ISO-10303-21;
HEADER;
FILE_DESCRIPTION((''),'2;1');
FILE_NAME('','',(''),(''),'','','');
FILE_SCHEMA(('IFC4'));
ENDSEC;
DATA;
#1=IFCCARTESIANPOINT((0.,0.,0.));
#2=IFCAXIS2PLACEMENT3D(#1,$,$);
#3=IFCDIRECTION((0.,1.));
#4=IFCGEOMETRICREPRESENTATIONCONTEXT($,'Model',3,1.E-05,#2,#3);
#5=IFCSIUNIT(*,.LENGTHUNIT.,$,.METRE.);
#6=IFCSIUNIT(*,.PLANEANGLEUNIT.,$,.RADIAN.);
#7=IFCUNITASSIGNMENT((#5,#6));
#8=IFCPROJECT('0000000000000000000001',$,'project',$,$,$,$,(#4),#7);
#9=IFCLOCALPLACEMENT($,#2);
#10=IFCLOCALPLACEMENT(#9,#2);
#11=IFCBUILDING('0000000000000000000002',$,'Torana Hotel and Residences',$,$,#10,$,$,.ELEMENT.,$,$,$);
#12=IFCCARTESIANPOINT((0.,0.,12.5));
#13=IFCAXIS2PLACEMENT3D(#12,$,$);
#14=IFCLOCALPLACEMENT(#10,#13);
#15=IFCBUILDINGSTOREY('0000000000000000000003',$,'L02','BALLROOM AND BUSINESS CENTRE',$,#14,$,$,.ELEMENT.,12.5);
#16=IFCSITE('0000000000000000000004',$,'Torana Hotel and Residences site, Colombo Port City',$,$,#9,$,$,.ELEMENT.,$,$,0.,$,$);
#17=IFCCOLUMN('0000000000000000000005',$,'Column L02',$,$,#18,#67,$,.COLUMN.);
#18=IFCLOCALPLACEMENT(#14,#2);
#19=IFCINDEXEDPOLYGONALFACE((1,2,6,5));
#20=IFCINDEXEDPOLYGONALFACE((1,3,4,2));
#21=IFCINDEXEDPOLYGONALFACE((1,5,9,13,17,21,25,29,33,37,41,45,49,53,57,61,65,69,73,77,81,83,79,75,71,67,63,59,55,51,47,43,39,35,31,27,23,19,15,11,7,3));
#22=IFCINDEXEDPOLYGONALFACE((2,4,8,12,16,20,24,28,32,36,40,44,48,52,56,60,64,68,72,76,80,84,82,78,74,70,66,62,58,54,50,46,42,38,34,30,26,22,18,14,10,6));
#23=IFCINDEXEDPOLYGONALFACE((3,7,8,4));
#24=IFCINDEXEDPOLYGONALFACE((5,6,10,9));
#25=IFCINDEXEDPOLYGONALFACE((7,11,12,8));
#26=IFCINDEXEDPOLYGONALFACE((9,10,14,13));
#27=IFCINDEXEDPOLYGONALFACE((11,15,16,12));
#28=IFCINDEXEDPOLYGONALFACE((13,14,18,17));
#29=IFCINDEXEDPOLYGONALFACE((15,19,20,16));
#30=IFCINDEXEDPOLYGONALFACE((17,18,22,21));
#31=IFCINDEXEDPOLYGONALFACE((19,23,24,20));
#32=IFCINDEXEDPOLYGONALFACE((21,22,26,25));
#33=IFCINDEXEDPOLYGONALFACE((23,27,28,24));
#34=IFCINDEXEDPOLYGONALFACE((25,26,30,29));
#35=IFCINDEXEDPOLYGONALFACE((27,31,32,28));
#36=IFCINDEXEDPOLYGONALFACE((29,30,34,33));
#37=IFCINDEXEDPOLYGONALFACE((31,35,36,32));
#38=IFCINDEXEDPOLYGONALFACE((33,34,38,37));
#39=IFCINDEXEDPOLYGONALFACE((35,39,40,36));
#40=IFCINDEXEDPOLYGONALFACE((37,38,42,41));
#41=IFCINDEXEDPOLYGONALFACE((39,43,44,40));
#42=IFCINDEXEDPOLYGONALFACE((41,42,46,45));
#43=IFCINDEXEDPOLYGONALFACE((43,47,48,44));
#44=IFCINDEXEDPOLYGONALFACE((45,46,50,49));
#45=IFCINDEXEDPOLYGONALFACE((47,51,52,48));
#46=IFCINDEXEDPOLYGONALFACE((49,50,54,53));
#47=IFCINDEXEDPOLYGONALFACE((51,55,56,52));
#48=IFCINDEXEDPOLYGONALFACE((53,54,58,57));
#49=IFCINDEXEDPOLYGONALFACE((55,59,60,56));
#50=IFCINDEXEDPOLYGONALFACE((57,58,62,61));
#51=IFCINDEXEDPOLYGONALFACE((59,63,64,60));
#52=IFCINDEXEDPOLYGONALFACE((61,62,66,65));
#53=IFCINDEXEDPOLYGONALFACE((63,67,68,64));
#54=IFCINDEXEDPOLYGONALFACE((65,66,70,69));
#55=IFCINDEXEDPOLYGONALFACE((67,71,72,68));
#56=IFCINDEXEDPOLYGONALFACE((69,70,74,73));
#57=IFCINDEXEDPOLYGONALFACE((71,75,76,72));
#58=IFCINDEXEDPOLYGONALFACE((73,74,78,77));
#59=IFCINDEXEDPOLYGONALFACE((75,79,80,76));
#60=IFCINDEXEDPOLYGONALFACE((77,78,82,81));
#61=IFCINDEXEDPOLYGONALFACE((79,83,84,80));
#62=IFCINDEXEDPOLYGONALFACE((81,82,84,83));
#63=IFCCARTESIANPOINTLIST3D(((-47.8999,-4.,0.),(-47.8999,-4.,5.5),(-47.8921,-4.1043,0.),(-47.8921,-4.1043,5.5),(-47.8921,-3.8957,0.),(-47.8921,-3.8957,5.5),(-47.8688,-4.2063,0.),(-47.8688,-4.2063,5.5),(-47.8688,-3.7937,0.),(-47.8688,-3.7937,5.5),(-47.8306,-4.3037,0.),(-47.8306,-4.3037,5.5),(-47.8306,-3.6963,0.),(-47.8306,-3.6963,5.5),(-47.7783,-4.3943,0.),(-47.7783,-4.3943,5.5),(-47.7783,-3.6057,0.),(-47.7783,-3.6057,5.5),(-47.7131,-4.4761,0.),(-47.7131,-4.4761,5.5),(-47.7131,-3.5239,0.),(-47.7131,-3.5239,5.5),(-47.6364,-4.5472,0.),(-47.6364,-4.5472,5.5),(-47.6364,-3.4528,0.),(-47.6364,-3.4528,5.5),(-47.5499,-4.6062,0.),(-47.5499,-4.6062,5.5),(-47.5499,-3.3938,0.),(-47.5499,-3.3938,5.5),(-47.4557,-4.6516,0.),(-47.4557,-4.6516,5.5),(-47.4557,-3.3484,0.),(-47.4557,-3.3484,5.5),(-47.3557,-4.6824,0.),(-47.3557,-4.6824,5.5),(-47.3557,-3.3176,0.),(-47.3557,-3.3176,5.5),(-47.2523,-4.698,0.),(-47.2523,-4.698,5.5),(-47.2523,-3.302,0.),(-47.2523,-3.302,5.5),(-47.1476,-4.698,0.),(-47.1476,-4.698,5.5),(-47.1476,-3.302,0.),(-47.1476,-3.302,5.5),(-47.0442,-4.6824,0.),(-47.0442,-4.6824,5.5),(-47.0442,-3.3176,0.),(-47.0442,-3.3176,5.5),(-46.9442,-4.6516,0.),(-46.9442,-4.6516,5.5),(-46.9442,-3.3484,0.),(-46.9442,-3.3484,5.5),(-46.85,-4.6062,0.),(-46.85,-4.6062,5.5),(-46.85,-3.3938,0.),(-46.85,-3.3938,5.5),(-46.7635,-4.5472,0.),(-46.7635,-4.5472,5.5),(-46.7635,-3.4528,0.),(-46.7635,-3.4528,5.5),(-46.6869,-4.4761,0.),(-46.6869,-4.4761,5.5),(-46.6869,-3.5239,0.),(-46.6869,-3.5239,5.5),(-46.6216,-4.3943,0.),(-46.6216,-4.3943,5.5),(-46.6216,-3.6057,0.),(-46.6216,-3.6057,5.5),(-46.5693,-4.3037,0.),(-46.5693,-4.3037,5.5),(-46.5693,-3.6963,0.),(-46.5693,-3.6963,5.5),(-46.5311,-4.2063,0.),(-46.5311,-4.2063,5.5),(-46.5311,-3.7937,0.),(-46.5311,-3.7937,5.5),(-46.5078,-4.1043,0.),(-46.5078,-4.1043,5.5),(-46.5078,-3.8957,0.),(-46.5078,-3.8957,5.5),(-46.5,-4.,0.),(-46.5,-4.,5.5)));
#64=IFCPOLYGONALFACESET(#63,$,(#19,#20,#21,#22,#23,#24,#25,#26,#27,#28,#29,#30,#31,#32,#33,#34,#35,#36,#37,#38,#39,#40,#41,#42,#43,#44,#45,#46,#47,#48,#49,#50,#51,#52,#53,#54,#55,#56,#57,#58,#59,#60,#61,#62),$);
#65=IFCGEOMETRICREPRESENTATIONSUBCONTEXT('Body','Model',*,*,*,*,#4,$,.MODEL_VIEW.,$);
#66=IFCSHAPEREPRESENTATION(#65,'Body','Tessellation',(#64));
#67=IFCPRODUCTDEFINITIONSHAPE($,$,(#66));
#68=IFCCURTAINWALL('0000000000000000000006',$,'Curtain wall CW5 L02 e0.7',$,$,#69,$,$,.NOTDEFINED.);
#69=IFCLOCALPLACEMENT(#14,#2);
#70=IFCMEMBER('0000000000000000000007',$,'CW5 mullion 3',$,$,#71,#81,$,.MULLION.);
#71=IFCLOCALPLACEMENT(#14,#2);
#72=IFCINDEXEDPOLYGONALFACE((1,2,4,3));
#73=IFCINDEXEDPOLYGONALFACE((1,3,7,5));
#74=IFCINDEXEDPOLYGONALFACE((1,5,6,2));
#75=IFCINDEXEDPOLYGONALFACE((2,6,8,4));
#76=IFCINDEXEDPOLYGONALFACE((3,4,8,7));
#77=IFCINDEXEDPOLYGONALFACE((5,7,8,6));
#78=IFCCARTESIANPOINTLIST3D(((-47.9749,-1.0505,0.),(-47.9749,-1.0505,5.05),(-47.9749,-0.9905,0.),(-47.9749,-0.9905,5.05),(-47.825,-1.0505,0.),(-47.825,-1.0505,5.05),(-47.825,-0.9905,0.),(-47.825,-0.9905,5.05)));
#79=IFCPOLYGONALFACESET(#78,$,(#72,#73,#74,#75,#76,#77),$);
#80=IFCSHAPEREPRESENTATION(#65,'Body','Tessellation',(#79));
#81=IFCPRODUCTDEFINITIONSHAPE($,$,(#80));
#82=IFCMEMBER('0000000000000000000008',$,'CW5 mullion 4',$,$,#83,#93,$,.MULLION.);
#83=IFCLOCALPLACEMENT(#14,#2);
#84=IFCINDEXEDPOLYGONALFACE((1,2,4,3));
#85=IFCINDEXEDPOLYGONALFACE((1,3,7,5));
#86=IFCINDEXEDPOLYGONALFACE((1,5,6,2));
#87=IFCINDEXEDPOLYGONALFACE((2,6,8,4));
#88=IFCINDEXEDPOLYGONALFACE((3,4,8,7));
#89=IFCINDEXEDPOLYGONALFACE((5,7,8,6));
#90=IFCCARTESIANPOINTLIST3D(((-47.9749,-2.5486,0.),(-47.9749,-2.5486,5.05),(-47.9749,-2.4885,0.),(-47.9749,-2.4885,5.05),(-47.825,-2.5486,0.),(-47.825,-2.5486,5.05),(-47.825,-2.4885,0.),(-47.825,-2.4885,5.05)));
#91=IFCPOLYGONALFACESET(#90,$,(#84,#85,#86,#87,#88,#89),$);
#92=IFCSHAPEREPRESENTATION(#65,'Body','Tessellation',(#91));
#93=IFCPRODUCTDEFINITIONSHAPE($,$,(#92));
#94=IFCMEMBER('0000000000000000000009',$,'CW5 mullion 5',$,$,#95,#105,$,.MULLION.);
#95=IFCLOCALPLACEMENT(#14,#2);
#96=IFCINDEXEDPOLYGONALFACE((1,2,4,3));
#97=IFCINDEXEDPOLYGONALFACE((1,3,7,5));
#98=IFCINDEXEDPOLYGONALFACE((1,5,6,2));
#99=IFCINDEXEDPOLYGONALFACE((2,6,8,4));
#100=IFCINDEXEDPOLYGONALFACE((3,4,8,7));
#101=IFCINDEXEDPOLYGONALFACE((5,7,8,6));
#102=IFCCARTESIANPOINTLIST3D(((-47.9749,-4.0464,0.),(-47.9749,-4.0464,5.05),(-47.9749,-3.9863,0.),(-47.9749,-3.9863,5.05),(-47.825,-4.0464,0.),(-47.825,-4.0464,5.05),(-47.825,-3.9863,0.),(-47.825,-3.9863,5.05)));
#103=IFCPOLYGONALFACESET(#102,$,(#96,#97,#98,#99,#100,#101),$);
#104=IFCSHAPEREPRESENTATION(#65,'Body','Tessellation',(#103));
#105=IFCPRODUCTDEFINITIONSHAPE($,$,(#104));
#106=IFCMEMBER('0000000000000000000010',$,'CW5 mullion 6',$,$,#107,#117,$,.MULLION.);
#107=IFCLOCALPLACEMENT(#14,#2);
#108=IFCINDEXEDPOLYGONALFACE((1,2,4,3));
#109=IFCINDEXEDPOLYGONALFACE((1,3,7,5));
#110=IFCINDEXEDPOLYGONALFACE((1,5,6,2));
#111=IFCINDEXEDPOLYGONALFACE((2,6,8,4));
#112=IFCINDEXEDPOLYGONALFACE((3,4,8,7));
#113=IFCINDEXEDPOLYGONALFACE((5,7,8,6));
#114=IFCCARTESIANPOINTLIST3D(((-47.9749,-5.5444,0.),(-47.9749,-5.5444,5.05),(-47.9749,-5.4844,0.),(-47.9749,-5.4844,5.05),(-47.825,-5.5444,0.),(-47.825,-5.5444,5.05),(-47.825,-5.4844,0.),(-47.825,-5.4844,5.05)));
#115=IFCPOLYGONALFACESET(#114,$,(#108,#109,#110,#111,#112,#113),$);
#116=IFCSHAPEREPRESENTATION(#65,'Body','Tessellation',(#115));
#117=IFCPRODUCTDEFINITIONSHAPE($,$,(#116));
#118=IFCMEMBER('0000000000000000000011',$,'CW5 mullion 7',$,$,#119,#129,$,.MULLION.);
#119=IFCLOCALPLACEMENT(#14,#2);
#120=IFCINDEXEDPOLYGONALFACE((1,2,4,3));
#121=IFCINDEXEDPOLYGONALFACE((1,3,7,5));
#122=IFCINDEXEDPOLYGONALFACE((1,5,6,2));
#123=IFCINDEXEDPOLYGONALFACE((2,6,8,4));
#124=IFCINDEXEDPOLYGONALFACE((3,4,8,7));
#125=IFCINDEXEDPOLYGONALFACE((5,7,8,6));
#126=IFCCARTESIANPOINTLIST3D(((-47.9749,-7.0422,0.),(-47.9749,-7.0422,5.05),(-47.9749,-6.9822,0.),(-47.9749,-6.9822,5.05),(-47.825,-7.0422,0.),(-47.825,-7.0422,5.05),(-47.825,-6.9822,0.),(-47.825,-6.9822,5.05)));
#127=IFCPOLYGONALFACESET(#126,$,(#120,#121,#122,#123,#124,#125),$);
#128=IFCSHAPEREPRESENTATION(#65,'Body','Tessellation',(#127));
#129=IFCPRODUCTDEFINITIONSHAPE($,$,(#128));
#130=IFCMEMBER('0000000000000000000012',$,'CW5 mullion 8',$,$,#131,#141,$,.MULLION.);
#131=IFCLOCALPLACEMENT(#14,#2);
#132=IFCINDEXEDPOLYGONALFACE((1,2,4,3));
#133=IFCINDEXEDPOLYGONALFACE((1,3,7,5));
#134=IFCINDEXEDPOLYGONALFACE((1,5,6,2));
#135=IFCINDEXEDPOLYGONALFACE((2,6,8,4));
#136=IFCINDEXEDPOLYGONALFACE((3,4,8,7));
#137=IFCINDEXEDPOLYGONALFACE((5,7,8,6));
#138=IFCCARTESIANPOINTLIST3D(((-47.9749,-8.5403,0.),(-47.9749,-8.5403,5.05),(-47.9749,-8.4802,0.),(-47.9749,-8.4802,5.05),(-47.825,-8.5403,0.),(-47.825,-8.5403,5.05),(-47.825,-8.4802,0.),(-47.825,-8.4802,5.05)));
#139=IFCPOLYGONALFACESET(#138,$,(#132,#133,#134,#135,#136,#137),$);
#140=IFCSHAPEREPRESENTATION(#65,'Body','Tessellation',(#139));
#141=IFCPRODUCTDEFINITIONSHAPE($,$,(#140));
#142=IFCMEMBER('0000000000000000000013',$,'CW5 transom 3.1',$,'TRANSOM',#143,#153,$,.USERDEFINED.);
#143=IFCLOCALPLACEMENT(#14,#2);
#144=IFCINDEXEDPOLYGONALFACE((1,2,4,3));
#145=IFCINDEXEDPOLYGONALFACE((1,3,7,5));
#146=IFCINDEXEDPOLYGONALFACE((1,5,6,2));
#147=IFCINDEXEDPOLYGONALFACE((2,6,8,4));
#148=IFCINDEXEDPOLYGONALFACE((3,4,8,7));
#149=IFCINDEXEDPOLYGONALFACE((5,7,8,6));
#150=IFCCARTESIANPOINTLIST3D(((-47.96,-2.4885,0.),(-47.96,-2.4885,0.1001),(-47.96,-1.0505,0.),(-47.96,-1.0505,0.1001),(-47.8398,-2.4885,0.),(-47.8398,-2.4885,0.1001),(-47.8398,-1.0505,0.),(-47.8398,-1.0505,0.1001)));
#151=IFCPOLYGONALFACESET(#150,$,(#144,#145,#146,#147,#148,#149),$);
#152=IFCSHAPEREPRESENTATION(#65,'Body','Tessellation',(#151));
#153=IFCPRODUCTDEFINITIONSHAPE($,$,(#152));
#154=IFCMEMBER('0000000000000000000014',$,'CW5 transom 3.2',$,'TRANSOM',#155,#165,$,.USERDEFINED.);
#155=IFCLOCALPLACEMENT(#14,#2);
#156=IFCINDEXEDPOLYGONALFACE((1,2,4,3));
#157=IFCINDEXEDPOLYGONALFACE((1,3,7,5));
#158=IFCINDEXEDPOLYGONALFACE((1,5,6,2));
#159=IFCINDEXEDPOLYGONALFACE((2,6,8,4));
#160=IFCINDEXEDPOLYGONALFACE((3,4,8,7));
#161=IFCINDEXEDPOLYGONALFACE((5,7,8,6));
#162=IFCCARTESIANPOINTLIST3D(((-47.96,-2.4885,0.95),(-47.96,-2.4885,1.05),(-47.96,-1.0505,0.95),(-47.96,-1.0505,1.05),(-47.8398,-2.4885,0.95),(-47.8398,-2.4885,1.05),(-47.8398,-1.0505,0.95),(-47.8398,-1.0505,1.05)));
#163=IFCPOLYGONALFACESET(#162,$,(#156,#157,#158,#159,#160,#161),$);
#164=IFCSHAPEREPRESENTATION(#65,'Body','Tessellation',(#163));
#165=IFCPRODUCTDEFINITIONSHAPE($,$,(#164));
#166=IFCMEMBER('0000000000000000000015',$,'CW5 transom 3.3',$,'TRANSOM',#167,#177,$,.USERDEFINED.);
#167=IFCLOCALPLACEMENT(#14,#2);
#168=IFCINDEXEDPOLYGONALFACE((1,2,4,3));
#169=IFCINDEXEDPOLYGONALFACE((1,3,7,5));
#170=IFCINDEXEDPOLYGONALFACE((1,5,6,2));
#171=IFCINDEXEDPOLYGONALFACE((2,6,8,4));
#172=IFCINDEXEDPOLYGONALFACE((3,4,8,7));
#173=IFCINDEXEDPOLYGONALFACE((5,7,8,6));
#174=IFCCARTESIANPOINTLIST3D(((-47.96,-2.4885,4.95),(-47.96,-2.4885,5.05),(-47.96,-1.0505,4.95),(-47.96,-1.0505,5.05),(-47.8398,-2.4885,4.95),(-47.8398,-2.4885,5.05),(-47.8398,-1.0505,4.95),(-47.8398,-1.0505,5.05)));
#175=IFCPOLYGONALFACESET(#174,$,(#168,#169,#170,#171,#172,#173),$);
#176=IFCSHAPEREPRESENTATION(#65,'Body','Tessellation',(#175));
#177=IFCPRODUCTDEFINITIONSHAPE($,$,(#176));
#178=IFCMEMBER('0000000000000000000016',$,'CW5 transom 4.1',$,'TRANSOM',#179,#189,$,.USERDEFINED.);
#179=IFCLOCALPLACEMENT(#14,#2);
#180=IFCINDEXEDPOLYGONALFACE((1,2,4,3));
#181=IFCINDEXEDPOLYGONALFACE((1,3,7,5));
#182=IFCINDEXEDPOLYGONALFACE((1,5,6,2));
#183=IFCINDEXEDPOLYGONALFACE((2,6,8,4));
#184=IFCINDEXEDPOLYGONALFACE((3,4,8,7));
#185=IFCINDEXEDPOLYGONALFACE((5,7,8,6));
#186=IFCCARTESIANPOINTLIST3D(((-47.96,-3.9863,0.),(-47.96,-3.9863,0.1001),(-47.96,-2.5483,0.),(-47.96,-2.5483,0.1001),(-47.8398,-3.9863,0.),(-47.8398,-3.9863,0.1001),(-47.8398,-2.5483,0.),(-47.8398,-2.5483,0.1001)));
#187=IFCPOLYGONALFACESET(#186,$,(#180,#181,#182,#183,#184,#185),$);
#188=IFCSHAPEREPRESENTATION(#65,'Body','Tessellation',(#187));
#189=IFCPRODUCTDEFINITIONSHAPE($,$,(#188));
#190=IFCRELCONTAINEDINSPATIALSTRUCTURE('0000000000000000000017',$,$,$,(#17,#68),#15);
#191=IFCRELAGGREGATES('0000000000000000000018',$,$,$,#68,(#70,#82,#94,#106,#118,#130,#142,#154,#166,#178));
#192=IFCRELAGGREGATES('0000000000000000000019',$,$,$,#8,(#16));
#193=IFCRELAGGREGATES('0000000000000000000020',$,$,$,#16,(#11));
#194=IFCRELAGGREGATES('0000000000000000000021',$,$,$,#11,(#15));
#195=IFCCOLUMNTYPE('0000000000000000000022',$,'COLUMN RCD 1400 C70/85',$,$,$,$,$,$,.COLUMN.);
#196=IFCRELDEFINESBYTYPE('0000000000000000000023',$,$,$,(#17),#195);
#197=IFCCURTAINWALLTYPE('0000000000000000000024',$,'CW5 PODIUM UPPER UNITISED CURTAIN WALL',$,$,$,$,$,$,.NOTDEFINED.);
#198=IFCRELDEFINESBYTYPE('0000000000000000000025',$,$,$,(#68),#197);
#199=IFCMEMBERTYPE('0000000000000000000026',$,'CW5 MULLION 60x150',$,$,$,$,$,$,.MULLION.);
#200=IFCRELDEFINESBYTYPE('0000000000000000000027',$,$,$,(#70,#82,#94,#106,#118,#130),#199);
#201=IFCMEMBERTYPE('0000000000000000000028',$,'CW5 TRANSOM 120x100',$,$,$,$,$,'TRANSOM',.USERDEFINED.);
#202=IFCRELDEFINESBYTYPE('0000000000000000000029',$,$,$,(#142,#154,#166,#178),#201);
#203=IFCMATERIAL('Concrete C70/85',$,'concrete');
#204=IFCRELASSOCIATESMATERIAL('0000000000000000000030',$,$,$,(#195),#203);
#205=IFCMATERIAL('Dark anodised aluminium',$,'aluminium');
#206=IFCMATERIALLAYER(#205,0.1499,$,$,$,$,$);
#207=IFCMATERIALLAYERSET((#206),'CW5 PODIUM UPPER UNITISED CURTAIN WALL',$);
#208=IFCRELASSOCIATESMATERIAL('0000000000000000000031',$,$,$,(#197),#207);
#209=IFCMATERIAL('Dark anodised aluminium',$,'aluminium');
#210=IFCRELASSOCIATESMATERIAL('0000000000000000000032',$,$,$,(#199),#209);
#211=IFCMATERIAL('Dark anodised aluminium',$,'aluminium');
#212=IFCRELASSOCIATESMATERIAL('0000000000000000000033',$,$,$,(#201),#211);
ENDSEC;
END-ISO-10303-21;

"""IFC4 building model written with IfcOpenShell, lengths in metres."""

from ifc_helpers import new_model, si_unit, direction, frame, origin, origin_2d, place, context, subcontext, project, spatial, rectangle, circle, extrude, material, layer, layer_set, material_profile, profile_set, type_object, element, aggregate, save


model = new_model("IFC4")

# Units and contexts
model_context = context("Model", 3, precision=1e-05, world=origin(), true_north=direction((0.0, 1.0)))
body_context = subcontext(model_context, "Body", "Model", "MODEL_VIEW")
ifc_project = project(units=[si_unit("LENGTHUNIT", "METRE"), si_unit("PLANEANGLEUNIT", "RADIAN")], contexts=[model_context])

# Site, building, storey
site_placement = place(None, origin())
site = spatial("IfcSite", under=ifc_project, at=site_placement, Name="Torana Hotel and Residences site, Colombo Port City", CompositionType="ELEMENT", RefElevation=0.0)
building_placement = place(site_placement, origin())
building = spatial("IfcBuilding", under=site, at=building_placement, Name="Torana Hotel and Residences", CompositionType="ELEMENT")
storey_placement = place(building_placement, frame((0.0, 0.0, 12.5)))
storey = spatial("IfcBuildingStorey", under=building, at=storey_placement, Name="L02", Description="BALLROOM AND BUSINESS CENTRE", CompositionType="ELEMENT", Elevation=12.5)

# Column
ifc_material_1 = material(Name="Concrete C70/85", Category="concrete")
ifc_material_profile_1 = material_profile(ifc_material_1, circle(Radius=0.7, at=origin_2d()), Name="RCD 1400")
ifc_profile_set_1 = profile_set([ifc_material_profile_1], Name="Concrete C70/85")
column_type = type_object("IfcColumnType", Name="COLUMN RCD 1400 C70/85", PredefinedType="COLUMN", material=ifc_profile_set_1)
column_placement = place(storey_placement, frame((-47.2, -4.0, 0.0), z_axis=(0.0, 0.0, 1.0), x_axis=(1.0, 0.0, 0.0)))
element("IfcColumn", 1, at=column_placement, inside=storey, type_object=column_type, Name="Column L02", PredefinedType="COLUMN", context=body_context, shape_type="SweptSolid", body=[
    extrude(circle(Radius=0.7, at=origin_2d()), origin(), (0.0, 0.0, 1.0), 5.5),
])

# Curtain wall, members
ifc_material_2 = material(Name="Dark anodised aluminium", Category="aluminium")
ifc_layer_1 = layer(ifc_material_2, 0.1499)
ifc_layer_set_1 = layer_set([ifc_layer_1], Name="CW5 PODIUM UPPER UNITISED CURTAIN WALL")
curtain_wall_type = type_object("IfcCurtainWallType", Name="CW5 PODIUM UPPER UNITISED CURTAIN WALL", PredefinedType="NOTDEFINED", material=ifc_layer_set_1)
curtain_wall_placement = place(storey_placement, origin())
curtain_wall = element("IfcCurtainWall", 2, at=curtain_wall_placement, inside=storey, type_object=curtain_wall_type, Name="Curtain wall CW5 L02 e0.7", PredefinedType="NOTDEFINED")
ifc_material_3 = material(Name="Dark anodised aluminium", Category="aluminium")
ifc_material_profile_2 = material_profile(ifc_material_3, rectangle(XDim=0.1499, YDim=0.0601, at=origin_2d()), Name="CW5 MULLION 60x150")
ifc_profile_set_2 = profile_set([ifc_material_profile_2], Name="Dark anodised aluminium")
member_type_1 = type_object("IfcMemberType", Name="CW5 MULLION 60x150", PredefinedType="MULLION", material=ifc_profile_set_2)
member_1_placement = place(storey_placement, frame((-47.8999, -1.0205, 0.0), z_axis=(0.0, 0.0, 1.0), x_axis=(1.0, 0.0, 0.0)))
member_1 = element("IfcMember", 3, at=member_1_placement, type_object=member_type_1, Name="CW5 mullion 3", PredefinedType="MULLION", context=body_context, shape_type="SweptSolid", body=[
    extrude(rectangle(XDim=0.1499, YDim=0.0601, at=origin_2d()), origin(), (0.0, 0.0, 1.0), 5.05),
])
member_2_placement = place(storey_placement, frame((-47.8999, -2.5186, 0.0), z_axis=(0.0, 0.0, 1.0), x_axis=(1.0, 0.0, 0.0)))
member_2 = element("IfcMember", 4, at=member_2_placement, type_object=member_type_1, Name="CW5 mullion 4", PredefinedType="MULLION", context=body_context, shape_type="SweptSolid", body=[
    extrude(rectangle(XDim=0.1499, YDim=0.0601, at=origin_2d()), origin(), (0.0, 0.0, 1.0), 5.05),
])
member_3_placement = place(storey_placement, frame((-47.8999, -4.0164, 0.0), z_axis=(0.0, 0.0, 1.0), x_axis=(1.0, 0.0, 0.0)))
member_3 = element("IfcMember", 5, at=member_3_placement, type_object=member_type_1, Name="CW5 mullion 5", PredefinedType="MULLION", context=body_context, shape_type="SweptSolid", body=[
    extrude(rectangle(XDim=0.1499, YDim=0.0601, at=origin_2d()), origin(), (0.0, 0.0, 1.0), 5.05),
])
member_4_placement = place(storey_placement, frame((-47.8999, -5.5144, 0.0), z_axis=(0.0, 0.0, 1.0), x_axis=(1.0, 0.0, 0.0)))
member_4 = element("IfcMember", 6, at=member_4_placement, type_object=member_type_1, Name="CW5 mullion 6", PredefinedType="MULLION", context=body_context, shape_type="SweptSolid", body=[
    extrude(rectangle(XDim=0.1499, YDim=0.0601, at=origin_2d()), origin(), (0.0, 0.0, 1.0), 5.05),
])
member_5_placement = place(storey_placement, frame((-47.8999, -7.0122, 0.0), z_axis=(0.0, 0.0, 1.0), x_axis=(1.0, 0.0, 0.0)))
member_5 = element("IfcMember", 7, at=member_5_placement, type_object=member_type_1, Name="CW5 mullion 7", PredefinedType="MULLION", context=body_context, shape_type="SweptSolid", body=[
    extrude(rectangle(XDim=0.1499, YDim=0.0601, at=origin_2d()), origin(), (0.0, 0.0, 1.0), 5.05),
])
member_6_placement = place(storey_placement, frame((-47.8999, -8.5103, 0.0), z_axis=(0.0, 0.0, 1.0), x_axis=(1.0, 0.0, 0.0)))
member_6 = element("IfcMember", 8, at=member_6_placement, type_object=member_type_1, Name="CW5 mullion 8", PredefinedType="MULLION", context=body_context, shape_type="SweptSolid", body=[
    extrude(rectangle(XDim=0.1499, YDim=0.0601, at=origin_2d()), origin(), (0.0, 0.0, 1.0), 5.05),
])
ifc_material_4 = material(Name="Dark anodised aluminium", Category="aluminium")
ifc_material_profile_3 = material_profile(ifc_material_4, rectangle(XDim=0.1201, YDim=0.1001, at=origin_2d()), Name="CW5 TRANSOM 120x100")
ifc_profile_set_3 = profile_set([ifc_material_profile_3], Name="Dark anodised aluminium")
member_type_2 = type_object("IfcMemberType", Name="CW5 TRANSOM 120x100", ElementType="TRANSOM", PredefinedType="USERDEFINED", material=ifc_profile_set_3)
member_7_placement = place(storey_placement, frame((-47.8999, -1.0505, 0.05), z_axis=(0.0, -1.0, 0.0), x_axis=(1.0, 0.0, 0.0)))
member_7 = element("IfcMember", 9, at=member_7_placement, type_object=member_type_2, Name="CW5 transom 3.1", ObjectType="TRANSOM", PredefinedType="USERDEFINED", context=body_context, shape_type="SweptSolid", body=[
    extrude(rectangle(XDim=0.1201, YDim=0.1001, at=origin_2d()), origin(), (0.0, 0.0, 1.0), 1.438),
])
member_8_placement = place(storey_placement, frame((-47.8999, -1.0505, 1.0), z_axis=(0.0, -1.0, 0.0), x_axis=(1.0, 0.0, 0.0)))
member_8 = element("IfcMember", 10, at=member_8_placement, type_object=member_type_2, Name="CW5 transom 3.2", ObjectType="TRANSOM", PredefinedType="USERDEFINED", context=body_context, shape_type="SweptSolid", body=[
    extrude(rectangle(XDim=0.1201, YDim=0.1001, at=origin_2d()), origin(), (0.0, 0.0, 1.0), 1.438),
])
member_9_placement = place(storey_placement, frame((-47.8999, -1.0505, 5.0), z_axis=(0.0, -1.0, 0.0), x_axis=(1.0, 0.0, 0.0)))
member_9 = element("IfcMember", 11, at=member_9_placement, type_object=member_type_2, Name="CW5 transom 3.3", ObjectType="TRANSOM", PredefinedType="USERDEFINED", context=body_context, shape_type="SweptSolid", body=[
    extrude(rectangle(XDim=0.1201, YDim=0.1001, at=origin_2d()), origin(), (0.0, 0.0, 1.0), 1.438),
])
member_10_placement = place(storey_placement, frame((-47.8999, -2.5483, 0.05), z_axis=(0.0, -1.0, 0.0), x_axis=(1.0, 0.0, 0.0)))
member_10 = element("IfcMember", 12, at=member_10_placement, type_object=member_type_2, Name="CW5 transom 4.1", ObjectType="TRANSOM", PredefinedType="USERDEFINED", context=body_context, shape_type="SweptSolid", body=[
    extrude(rectangle(XDim=0.1201, YDim=0.1001, at=origin_2d()), origin(), (0.0, 0.0, 1.0), 1.438),
])
aggregate(curtain_wall, [member_1, member_2, member_3, member_4, member_5, member_6, member_7, member_8, member_9, member_10])

save(model, "model.ifc")
